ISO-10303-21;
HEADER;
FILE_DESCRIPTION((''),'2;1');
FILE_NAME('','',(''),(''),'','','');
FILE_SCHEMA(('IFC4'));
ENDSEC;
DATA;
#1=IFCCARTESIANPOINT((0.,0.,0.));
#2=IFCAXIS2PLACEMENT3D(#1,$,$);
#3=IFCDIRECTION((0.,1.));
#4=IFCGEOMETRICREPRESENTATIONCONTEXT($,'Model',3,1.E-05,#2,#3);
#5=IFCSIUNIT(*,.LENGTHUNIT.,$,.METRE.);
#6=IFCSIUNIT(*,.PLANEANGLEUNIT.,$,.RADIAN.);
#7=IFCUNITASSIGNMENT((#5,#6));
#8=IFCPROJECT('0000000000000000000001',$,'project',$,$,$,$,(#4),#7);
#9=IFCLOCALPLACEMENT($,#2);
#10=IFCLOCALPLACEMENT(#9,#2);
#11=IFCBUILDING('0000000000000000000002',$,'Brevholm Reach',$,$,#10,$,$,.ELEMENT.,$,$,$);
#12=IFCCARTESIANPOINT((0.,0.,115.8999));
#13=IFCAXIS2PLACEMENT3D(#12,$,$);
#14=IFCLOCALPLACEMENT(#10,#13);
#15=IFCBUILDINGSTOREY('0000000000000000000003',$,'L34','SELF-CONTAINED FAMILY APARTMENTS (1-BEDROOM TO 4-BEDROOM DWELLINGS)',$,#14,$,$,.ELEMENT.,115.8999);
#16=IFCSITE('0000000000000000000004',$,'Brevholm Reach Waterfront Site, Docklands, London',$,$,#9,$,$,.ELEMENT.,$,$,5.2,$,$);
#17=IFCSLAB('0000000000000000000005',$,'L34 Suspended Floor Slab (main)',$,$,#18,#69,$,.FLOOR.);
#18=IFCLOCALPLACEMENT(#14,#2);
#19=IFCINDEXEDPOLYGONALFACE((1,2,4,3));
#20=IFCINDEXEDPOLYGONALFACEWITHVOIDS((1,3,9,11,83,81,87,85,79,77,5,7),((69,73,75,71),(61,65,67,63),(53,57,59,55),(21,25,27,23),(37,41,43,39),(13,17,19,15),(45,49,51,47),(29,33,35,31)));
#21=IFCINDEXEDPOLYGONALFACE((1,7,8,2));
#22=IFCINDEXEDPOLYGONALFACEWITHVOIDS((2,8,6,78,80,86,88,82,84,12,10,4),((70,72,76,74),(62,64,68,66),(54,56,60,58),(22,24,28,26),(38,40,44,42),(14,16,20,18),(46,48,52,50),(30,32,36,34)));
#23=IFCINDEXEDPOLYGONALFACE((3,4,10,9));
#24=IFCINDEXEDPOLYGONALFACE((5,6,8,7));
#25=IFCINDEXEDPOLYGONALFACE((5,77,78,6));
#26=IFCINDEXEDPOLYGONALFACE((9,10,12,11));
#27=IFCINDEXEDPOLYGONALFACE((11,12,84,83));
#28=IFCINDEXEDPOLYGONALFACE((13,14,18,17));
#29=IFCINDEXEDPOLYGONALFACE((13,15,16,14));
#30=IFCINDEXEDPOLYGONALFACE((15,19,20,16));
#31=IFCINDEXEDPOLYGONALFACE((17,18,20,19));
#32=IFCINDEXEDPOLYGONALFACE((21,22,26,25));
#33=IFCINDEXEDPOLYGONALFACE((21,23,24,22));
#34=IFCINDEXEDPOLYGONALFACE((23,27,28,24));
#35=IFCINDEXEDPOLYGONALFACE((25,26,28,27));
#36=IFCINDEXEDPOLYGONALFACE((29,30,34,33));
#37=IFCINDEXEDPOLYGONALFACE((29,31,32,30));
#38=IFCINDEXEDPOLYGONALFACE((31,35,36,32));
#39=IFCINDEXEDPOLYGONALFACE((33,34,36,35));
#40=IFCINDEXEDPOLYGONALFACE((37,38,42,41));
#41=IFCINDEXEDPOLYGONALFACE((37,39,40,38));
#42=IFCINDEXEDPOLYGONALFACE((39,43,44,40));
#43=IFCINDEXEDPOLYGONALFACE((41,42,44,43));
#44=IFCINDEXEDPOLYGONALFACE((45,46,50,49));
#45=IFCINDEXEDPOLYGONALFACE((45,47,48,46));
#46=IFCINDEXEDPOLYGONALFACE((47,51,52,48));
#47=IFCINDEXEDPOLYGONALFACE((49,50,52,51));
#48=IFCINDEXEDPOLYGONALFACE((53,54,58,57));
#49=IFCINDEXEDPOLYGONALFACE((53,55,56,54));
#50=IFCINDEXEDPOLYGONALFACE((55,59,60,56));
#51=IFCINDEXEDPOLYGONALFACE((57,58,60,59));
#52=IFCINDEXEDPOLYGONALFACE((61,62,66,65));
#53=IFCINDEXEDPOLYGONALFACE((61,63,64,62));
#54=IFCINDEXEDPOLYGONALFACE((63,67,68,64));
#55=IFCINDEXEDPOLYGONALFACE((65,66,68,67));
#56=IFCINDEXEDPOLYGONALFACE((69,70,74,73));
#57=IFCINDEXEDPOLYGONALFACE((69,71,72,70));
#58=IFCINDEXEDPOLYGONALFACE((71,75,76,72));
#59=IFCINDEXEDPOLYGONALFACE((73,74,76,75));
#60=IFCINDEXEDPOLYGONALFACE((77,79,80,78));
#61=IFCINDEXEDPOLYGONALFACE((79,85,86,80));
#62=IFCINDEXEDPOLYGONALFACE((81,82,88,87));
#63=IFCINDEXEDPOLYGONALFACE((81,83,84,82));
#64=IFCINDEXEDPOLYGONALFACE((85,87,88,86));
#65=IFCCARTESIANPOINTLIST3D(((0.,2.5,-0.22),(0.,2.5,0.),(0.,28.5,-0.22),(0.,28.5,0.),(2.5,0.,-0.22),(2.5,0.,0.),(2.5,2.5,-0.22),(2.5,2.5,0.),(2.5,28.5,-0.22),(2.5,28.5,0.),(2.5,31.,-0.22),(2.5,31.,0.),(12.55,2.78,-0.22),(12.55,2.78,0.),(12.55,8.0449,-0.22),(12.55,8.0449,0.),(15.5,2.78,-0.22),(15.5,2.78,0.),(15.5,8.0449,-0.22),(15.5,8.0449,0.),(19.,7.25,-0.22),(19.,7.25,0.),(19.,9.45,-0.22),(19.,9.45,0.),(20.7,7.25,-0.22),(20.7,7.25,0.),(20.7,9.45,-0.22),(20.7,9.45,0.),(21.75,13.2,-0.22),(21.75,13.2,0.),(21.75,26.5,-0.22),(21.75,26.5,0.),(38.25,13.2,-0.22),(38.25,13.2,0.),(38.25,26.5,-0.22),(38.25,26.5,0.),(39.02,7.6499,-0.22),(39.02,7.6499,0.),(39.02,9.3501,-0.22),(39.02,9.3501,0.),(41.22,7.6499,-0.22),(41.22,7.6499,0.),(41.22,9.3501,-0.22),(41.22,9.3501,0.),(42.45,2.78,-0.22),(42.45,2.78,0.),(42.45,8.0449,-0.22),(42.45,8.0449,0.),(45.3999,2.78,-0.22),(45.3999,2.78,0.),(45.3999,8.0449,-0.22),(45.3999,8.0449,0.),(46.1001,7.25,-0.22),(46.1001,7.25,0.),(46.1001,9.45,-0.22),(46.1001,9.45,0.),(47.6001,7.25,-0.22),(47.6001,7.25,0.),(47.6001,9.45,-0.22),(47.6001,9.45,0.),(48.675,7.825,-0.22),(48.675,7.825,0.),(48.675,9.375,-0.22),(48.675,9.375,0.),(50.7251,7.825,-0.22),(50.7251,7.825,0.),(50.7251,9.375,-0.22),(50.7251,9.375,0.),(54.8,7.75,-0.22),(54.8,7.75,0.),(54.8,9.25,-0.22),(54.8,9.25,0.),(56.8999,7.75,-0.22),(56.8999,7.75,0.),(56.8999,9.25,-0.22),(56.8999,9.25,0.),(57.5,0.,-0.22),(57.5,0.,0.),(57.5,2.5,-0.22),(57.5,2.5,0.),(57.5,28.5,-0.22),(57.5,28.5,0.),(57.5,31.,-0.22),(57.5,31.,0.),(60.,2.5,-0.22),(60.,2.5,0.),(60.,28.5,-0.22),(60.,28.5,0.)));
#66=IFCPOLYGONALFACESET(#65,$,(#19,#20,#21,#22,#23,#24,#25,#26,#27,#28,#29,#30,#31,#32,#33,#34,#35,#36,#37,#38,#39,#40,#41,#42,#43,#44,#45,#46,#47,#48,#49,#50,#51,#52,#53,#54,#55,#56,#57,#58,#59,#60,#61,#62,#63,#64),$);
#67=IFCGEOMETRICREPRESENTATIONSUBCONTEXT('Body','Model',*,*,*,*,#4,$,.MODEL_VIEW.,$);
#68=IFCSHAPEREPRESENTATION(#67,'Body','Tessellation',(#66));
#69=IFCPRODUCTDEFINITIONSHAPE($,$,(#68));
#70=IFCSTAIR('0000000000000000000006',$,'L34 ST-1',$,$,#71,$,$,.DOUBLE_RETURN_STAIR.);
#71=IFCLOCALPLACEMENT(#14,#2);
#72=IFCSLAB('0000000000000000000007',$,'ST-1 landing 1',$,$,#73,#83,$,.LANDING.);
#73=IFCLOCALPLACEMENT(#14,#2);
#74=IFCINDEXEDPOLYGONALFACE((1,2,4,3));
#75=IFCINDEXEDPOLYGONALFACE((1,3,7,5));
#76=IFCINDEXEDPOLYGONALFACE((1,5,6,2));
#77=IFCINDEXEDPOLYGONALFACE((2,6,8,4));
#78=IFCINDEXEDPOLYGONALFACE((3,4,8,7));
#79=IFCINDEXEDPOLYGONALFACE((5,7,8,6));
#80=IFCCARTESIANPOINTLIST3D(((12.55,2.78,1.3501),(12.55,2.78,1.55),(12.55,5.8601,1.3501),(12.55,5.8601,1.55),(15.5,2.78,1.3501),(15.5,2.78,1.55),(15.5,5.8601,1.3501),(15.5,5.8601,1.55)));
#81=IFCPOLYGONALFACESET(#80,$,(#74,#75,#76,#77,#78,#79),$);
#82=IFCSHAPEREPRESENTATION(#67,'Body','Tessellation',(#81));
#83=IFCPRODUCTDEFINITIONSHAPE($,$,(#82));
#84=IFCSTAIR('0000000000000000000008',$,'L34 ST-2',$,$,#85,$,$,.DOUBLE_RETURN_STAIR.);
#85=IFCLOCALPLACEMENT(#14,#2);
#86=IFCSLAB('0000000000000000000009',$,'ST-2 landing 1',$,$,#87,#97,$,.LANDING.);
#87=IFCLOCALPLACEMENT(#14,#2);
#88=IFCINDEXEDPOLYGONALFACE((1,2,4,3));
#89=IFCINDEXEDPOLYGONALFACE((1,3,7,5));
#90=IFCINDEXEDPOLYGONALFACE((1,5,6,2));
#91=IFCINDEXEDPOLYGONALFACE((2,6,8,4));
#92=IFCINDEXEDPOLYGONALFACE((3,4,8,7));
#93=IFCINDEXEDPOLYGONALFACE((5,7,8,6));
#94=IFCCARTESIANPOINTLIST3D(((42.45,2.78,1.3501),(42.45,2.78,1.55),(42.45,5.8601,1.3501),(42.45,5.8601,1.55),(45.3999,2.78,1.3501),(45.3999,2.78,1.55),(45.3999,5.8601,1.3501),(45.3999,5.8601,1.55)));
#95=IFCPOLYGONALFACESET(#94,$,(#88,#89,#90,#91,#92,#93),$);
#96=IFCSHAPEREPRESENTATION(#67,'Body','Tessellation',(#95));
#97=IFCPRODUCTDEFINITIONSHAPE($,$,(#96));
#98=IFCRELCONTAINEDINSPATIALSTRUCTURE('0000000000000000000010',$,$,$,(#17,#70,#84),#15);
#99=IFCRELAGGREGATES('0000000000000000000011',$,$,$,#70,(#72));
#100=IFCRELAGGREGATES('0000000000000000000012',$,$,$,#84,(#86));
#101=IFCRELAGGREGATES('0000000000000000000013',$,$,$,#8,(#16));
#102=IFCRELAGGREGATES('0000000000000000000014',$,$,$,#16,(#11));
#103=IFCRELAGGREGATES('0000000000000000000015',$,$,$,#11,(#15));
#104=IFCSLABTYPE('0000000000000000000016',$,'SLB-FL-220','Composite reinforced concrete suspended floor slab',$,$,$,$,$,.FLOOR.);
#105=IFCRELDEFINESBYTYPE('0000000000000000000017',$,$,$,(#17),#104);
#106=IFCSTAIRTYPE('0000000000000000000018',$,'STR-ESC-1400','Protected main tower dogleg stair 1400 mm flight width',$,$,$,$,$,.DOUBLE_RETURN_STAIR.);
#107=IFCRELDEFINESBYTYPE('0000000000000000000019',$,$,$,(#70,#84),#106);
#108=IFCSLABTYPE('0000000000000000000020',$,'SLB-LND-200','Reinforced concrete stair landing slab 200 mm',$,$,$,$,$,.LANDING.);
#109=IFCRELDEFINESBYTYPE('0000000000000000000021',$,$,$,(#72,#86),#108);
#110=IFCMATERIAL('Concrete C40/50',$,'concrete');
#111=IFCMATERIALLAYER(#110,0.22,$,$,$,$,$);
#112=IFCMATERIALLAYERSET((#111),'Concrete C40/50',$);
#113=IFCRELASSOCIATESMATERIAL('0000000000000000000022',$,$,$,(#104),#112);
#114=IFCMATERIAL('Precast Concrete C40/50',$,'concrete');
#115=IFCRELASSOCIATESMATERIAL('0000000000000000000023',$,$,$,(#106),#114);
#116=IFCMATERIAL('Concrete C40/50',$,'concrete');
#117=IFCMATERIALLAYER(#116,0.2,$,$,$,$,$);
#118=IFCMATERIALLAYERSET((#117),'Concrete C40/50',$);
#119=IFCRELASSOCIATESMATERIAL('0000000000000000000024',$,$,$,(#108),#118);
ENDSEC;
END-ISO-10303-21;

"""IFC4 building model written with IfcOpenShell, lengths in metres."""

from ifc_helpers import new_model, si_unit, direction, frame, origin, place, context, subcontext, project, spatial, polyline, outline, extrude, material, layer, layer_set, type_object, element, aggregate, save


model = new_model("IFC4")

# Units and contexts
model_context = context("Model", 3, precision=1e-05, world=origin(), true_north=direction((0.0, 1.0)))
body_context = subcontext(model_context, "Body", "Model", "MODEL_VIEW")
ifc_project = project(units=[si_unit("LENGTHUNIT", "METRE"), si_unit("PLANEANGLEUNIT", "RADIAN")], contexts=[model_context])

# Site, building, storey
site_placement = place(None, origin())
site = spatial("IfcSite", under=ifc_project, at=site_placement, Name="Brevholm Reach Waterfront Site, Docklands, London", CompositionType="ELEMENT", RefElevation=5.2)
building_placement = place(site_placement, origin())
building = spatial("IfcBuilding", under=site, at=building_placement, Name="Brevholm Reach", CompositionType="ELEMENT")
storey_placement = place(building_placement, frame((0.0, 0.0, 115.8999)))
storey = spatial("IfcBuildingStorey", under=building, at=storey_placement, Name="L34", Description="SELF-CONTAINED FAMILY APARTMENTS (1-BEDROOM TO 4-BEDROOM DWELLINGS)", CompositionType="ELEMENT", Elevation=115.8999)

# Slab
ifc_material_1 = material(Name="Concrete C40/50", Category="concrete")
ifc_layer_1 = layer(ifc_material_1, 0.22)
ifc_layer_set_1 = layer_set([ifc_layer_1], Name="Concrete C40/50")
slab_type_1 = type_object("IfcSlabType", Name="SLB-FL-220", Description="Composite reinforced concrete suspended floor slab", PredefinedType="FLOOR", material=ifc_layer_set_1)
slab_1_placement = place(storey_placement, frame((0.0, 0.0, -0.22)))
element("IfcSlab", 1, at=slab_1_placement, inside=storey, type_object=slab_type_1, Name="L34 Suspended Floor Slab (main)", PredefinedType="FLOOR", context=body_context, shape_type="SweptSolid", body=[
    extrude(outline(polyline([(2.5, 0.0), (57.5, 0.0), (57.5, 2.5), (60.0, 2.5), (60.0, 28.5), (57.5, 28.5), (57.5, 31.0), (2.5, 31.0), (2.5, 28.5), (0.0, 28.5), (0.0, 2.5), (2.5, 2.5), (2.5, 0.0)]), holes=[polyline([(21.75, 13.2), (38.25, 13.2), (38.25, 26.5), (21.75, 26.5), (21.75, 13.2)]), polyline([(12.55, 2.78), (15.5, 2.78), (15.5, 8.0449), (12.55, 8.0449), (12.55, 2.78)]), polyline([(42.45, 2.78), (45.3999, 2.78), (45.3999, 8.0449), (42.45, 8.0449), (42.45, 2.78)]), polyline([(19.0, 7.25), (20.7, 7.25), (20.7, 9.45), (19.0, 9.45), (19.0, 7.25)]), polyline([(46.1001, 7.25), (47.6001, 7.25), (47.6001, 9.45), (46.1001, 9.45), (46.1001, 7.25)]), polyline([(48.675, 7.825), (50.7251, 7.825), (50.7251, 9.375), (48.675, 9.375), (48.675, 7.825)]), polyline([(54.8, 7.75), (56.8999, 7.75), (56.8999, 9.25), (54.8, 9.25), (54.8, 7.75)]), polyline([(39.02, 7.6499), (41.22, 7.6499), (41.22, 9.3501), (39.02, 9.3501), (39.02, 7.6499)])]), origin(), (0.0, 0.0, 1.0), 0.22),
])

# Stairs, slabs
ifc_material_2 = material(Name="Precast Concrete C40/50", Category="concrete")
stair_type = type_object("IfcStairType", Name="STR-ESC-1400", Description="Protected main tower dogleg stair 1400 mm flight width", PredefinedType="DOUBLE_RETURN_STAIR", material=ifc_material_2)
stair_1_placement = place(storey_placement, origin())
stair_1 = element("IfcStair", 2, at=stair_1_placement, inside=storey, type_object=stair_type, Name="L34 ST-1", PredefinedType="DOUBLE_RETURN_STAIR")
ifc_material_3 = material(Name="Concrete C40/50", Category="concrete")
ifc_layer_2 = layer(ifc_material_3, 0.2)
ifc_layer_set_2 = layer_set([ifc_layer_2], Name="Concrete C40/50")
slab_type_2 = type_object("IfcSlabType", Name="SLB-LND-200", Description="Reinforced concrete stair landing slab 200 mm", PredefinedType="LANDING", material=ifc_layer_set_2)
slab_2_placement = place(storey_placement, frame((0.0, 0.0, 1.3501)))
slab_2 = element("IfcSlab", 3, at=slab_2_placement, type_object=slab_type_2, Name="ST-1 landing 1", PredefinedType="LANDING", context=body_context, shape_type="SweptSolid", body=[
    extrude(outline(polyline([(12.55, 5.8601), (12.55, 2.78), (15.5, 2.78), (15.5, 5.8601), (12.55, 5.8601)])), origin(), (0.0, 0.0, 1.0), 0.2),
])
aggregate(stair_1, [slab_2])
stair_2_placement = place(storey_placement, origin())
stair_2 = element("IfcStair", 4, at=stair_2_placement, inside=storey, type_object=stair_type, Name="L34 ST-2", PredefinedType="DOUBLE_RETURN_STAIR")
slab_3_placement = place(storey_placement, frame((0.0, 0.0, 1.3501)))
slab_3 = element("IfcSlab", 5, at=slab_3_placement, type_object=slab_type_2, Name="ST-2 landing 1", PredefinedType="LANDING", context=body_context, shape_type="SweptSolid", body=[
    extrude(outline(polyline([(42.45, 5.8601), (42.45, 2.78), (45.3999, 2.78), (45.3999, 5.8601), (42.45, 5.8601)])), origin(), (0.0, 0.0, 1.0), 0.2),
])
aggregate(stair_2, [slab_3])

save(model, "model.ifc")
